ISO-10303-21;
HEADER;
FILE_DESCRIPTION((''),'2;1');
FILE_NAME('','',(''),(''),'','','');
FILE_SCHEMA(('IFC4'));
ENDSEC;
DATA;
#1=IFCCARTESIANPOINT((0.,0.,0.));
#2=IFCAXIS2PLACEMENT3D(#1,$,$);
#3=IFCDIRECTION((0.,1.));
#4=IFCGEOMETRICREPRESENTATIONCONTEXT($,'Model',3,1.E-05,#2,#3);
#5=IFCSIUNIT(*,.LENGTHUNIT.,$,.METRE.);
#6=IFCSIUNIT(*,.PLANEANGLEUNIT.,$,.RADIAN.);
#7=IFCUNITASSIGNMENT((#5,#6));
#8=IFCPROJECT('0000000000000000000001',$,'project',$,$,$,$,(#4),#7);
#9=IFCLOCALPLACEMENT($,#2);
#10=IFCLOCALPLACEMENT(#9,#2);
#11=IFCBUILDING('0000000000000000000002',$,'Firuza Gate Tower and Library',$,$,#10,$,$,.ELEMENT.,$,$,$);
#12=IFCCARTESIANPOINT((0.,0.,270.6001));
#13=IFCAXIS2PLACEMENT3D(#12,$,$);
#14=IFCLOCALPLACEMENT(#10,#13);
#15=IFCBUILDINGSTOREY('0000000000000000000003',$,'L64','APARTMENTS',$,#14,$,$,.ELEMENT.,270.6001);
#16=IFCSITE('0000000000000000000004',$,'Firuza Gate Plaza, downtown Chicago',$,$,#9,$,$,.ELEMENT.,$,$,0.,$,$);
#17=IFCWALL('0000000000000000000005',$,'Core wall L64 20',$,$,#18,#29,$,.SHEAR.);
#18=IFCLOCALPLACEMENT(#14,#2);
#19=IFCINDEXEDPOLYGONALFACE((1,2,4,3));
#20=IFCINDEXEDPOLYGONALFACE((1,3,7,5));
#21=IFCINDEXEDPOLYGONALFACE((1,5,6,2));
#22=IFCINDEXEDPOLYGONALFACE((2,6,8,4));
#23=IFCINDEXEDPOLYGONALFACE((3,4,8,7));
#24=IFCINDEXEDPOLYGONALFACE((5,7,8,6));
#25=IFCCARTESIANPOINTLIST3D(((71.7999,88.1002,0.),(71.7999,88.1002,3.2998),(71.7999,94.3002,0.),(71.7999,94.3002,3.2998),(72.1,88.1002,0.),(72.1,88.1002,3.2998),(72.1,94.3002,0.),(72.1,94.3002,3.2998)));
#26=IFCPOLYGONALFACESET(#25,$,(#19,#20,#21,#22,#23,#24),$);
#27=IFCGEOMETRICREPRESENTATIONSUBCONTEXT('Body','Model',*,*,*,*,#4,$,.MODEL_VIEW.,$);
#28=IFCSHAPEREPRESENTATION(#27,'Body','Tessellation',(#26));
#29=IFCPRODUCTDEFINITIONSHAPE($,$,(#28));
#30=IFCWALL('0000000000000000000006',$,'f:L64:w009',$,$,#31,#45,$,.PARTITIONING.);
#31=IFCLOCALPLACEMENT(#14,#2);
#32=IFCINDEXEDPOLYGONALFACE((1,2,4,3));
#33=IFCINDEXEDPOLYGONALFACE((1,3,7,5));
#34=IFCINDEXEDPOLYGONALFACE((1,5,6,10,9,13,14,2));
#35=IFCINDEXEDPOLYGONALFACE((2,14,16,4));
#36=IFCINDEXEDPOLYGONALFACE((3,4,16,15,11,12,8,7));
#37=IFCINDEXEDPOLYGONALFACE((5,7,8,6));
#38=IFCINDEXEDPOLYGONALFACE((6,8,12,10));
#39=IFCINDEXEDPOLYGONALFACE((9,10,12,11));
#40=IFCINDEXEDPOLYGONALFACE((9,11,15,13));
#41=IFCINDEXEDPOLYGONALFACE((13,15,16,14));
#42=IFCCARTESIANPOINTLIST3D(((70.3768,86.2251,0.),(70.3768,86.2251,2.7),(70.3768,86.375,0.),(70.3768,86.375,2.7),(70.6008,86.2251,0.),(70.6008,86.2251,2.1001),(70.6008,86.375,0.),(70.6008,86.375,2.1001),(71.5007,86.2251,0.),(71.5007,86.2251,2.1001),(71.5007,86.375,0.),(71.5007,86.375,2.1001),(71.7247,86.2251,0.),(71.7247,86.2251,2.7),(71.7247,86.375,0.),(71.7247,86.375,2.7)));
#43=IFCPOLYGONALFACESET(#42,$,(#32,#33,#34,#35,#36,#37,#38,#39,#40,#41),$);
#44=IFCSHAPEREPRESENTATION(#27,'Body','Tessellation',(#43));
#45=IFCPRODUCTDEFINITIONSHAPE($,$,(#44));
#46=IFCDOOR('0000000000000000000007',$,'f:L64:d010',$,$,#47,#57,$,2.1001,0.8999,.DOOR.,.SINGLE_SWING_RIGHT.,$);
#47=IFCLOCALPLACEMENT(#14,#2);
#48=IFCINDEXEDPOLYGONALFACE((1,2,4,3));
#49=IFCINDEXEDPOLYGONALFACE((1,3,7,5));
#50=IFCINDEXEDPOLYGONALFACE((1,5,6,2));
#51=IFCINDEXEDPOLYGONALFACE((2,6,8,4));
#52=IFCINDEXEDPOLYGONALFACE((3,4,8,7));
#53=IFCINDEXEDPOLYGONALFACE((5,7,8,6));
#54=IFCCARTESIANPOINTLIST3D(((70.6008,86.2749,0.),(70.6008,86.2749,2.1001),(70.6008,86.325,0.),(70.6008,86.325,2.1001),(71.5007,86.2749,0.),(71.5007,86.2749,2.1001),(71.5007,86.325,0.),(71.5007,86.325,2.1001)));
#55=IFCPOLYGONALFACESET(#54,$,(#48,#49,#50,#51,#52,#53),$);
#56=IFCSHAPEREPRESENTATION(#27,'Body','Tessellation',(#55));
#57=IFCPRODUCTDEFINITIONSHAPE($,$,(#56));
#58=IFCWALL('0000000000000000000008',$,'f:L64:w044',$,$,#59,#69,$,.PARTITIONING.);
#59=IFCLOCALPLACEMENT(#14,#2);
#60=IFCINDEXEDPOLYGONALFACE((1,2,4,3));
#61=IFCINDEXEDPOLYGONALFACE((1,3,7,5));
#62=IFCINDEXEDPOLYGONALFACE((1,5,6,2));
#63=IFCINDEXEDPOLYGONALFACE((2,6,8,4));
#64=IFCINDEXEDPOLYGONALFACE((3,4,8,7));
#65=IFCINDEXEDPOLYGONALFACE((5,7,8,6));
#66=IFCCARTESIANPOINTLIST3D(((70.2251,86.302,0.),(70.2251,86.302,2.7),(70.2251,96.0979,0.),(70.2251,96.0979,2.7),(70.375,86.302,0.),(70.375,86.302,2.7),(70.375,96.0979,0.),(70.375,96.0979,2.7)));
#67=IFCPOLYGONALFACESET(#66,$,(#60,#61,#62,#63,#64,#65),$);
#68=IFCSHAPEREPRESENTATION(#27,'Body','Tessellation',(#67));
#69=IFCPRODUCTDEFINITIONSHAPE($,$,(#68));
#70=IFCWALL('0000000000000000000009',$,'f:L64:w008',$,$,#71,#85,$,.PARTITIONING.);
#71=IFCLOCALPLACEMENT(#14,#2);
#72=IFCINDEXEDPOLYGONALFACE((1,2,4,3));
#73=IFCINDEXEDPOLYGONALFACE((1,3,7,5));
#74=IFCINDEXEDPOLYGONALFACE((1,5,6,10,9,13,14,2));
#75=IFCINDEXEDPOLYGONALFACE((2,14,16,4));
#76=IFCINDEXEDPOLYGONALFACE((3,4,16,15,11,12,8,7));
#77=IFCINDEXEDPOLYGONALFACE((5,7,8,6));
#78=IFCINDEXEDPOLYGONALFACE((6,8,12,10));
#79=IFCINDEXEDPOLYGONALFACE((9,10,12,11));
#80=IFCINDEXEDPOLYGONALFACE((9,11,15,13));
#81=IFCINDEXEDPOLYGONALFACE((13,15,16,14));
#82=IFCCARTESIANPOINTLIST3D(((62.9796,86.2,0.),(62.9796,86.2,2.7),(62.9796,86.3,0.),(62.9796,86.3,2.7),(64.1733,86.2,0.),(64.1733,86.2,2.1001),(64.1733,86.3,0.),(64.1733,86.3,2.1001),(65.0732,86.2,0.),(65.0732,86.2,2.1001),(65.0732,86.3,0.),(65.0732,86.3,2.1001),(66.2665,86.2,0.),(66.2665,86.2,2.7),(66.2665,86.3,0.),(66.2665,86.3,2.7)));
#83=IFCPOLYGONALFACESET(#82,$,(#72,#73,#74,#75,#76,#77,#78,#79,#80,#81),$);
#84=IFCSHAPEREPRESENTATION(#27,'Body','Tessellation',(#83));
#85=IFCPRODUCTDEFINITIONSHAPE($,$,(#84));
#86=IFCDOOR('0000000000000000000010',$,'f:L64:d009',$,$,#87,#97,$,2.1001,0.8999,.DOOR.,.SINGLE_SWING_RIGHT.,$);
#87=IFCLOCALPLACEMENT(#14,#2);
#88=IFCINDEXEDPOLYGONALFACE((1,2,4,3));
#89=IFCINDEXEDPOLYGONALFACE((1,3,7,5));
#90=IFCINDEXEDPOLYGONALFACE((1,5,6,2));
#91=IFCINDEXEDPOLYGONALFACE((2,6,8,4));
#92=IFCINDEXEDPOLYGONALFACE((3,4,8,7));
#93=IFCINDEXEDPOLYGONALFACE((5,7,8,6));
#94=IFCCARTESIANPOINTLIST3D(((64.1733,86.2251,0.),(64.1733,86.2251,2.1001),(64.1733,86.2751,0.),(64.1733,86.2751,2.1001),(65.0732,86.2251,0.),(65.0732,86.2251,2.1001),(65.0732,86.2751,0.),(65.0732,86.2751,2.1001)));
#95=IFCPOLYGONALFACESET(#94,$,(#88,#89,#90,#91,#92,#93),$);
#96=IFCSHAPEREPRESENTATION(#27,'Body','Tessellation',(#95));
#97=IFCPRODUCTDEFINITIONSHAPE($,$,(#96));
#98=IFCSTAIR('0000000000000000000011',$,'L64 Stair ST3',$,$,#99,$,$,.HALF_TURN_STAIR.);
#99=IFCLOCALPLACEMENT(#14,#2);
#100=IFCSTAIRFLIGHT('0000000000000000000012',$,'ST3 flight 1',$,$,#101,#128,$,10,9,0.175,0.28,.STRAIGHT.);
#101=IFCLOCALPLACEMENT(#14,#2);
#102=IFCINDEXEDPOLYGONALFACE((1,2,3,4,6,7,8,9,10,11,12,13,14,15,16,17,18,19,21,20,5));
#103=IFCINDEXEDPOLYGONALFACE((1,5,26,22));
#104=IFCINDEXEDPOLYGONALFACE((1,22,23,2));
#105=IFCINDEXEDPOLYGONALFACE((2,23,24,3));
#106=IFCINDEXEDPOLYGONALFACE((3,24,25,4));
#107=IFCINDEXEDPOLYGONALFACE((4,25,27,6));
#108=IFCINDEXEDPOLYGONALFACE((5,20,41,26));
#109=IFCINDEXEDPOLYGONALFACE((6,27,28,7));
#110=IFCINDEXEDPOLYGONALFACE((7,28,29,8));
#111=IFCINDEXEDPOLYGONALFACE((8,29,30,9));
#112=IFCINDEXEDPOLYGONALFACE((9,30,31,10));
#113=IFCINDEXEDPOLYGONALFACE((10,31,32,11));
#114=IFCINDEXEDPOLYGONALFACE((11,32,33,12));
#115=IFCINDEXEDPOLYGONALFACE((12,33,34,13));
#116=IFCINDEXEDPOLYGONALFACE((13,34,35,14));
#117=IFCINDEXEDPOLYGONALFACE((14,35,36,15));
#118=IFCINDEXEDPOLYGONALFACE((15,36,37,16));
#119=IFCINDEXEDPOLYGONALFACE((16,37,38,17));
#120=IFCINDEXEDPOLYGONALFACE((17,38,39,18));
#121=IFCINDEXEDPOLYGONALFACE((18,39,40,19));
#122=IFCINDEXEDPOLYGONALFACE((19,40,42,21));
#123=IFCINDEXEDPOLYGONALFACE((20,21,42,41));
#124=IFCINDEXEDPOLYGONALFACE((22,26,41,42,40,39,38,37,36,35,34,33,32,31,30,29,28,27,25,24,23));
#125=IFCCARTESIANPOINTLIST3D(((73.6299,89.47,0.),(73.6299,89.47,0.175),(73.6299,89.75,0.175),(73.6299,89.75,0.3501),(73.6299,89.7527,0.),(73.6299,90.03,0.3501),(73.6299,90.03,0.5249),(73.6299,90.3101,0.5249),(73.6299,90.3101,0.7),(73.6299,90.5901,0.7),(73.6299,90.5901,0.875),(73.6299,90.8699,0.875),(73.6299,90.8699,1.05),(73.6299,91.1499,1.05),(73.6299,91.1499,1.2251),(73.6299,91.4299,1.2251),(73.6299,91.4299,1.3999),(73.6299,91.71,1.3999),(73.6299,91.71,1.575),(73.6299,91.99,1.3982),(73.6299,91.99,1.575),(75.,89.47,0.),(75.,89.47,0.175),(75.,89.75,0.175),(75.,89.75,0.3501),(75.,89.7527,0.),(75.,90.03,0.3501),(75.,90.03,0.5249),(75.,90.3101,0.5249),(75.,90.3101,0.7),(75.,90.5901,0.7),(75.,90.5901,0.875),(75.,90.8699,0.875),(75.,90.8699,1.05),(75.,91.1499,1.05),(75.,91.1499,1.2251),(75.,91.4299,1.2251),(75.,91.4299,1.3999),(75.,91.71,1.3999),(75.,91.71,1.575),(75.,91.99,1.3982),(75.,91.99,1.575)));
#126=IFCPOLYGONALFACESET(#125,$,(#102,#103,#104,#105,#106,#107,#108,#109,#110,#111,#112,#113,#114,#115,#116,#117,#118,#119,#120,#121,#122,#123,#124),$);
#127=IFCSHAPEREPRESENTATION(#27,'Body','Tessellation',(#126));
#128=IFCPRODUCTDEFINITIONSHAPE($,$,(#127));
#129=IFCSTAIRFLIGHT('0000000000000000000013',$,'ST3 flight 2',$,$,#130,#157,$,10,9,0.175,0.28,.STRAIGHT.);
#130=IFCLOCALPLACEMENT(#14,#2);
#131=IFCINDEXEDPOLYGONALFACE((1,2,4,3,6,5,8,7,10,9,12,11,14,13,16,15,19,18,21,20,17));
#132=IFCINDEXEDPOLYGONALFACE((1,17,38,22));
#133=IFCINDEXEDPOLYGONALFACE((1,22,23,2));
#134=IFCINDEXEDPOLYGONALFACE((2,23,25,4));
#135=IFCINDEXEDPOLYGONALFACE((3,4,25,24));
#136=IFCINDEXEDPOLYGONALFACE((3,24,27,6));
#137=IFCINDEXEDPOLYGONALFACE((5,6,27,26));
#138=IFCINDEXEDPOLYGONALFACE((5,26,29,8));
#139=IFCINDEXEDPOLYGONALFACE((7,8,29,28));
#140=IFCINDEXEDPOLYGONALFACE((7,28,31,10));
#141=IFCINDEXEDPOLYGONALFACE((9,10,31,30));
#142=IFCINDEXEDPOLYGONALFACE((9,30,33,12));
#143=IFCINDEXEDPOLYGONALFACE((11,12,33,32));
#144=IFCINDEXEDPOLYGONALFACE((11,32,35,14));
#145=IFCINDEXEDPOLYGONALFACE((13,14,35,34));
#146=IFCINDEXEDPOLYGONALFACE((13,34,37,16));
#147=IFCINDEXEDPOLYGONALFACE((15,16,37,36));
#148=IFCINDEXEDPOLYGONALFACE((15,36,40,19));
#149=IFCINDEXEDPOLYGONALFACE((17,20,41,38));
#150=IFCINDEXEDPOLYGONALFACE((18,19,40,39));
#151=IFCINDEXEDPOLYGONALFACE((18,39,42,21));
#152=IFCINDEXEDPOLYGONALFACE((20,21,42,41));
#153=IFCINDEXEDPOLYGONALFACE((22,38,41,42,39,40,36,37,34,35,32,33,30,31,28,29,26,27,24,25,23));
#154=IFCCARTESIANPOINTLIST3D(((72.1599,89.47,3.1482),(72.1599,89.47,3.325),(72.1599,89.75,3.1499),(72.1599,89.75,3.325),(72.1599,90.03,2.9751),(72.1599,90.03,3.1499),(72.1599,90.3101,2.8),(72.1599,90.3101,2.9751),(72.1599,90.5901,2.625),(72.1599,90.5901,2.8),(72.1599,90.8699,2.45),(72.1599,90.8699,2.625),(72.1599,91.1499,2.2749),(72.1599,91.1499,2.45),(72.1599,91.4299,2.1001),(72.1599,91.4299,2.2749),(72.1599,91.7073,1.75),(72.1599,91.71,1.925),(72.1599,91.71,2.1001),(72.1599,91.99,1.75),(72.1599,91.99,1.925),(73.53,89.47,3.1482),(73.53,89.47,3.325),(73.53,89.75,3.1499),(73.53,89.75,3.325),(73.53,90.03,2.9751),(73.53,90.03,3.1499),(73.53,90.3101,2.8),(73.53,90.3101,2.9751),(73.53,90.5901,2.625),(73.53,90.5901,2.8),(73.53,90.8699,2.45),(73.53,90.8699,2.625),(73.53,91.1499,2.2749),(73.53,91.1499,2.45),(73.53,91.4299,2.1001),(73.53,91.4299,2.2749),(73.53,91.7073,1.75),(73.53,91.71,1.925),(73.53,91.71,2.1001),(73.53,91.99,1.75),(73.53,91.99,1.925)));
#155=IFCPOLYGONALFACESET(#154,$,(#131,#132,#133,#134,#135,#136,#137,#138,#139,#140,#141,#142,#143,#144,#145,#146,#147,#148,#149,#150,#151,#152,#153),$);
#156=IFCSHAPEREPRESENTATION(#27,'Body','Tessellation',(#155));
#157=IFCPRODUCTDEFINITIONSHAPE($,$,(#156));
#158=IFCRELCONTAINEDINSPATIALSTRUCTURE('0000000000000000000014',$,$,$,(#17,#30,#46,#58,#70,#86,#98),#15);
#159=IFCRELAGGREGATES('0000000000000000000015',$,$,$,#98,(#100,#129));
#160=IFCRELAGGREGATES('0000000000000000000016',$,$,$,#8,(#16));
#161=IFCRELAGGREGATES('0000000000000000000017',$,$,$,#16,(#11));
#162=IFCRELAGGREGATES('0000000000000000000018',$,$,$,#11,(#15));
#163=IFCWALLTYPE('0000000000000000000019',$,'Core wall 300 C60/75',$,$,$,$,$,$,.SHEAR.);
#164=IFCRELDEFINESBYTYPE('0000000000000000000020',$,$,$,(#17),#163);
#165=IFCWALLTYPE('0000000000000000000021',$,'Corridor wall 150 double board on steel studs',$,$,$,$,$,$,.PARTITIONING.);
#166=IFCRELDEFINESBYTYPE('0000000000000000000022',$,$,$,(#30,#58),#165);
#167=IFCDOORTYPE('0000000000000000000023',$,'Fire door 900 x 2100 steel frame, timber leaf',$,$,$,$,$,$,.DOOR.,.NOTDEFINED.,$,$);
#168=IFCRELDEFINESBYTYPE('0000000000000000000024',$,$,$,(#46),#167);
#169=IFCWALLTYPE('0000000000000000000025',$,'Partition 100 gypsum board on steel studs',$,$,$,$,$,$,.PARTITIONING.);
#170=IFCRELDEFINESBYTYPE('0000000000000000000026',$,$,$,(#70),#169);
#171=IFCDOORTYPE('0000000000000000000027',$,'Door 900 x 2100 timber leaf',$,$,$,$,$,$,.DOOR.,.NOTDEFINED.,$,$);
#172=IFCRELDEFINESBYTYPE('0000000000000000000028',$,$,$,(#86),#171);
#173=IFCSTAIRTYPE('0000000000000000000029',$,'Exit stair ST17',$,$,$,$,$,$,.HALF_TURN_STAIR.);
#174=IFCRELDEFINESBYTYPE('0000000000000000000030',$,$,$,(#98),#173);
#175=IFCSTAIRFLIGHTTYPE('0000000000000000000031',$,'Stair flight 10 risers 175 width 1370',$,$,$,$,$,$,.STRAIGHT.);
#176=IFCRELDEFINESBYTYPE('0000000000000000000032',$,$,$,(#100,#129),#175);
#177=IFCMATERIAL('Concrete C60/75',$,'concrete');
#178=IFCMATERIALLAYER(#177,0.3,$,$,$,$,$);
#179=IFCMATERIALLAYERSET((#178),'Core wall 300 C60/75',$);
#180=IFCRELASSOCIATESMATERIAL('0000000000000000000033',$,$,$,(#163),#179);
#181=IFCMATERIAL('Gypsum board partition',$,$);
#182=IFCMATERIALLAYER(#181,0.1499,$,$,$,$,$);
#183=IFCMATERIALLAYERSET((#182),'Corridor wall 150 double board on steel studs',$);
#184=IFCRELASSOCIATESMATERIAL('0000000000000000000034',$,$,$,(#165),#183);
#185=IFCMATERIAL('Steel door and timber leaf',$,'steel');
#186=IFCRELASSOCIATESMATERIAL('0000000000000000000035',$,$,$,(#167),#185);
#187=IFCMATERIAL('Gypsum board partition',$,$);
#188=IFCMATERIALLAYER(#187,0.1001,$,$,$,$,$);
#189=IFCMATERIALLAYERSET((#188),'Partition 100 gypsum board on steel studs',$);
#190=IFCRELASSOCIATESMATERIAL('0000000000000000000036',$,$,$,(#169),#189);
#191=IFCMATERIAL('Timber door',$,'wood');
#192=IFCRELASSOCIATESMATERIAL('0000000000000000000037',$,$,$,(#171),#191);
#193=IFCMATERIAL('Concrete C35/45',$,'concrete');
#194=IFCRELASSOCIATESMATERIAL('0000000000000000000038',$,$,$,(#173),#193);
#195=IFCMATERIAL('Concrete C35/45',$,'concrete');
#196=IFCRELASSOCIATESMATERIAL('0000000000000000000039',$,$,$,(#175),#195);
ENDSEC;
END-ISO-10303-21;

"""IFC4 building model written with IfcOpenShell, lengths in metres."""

from ifc_helpers import new_model, si_unit, direction, frame, frame_2d, origin, place, context, subcontext, project, spatial, polyline, rectangle, outline, extrude, material, layer, layer_set, type_object, element, fill, aggregate, save


model = new_model("IFC4")

# Units and contexts
model_context = context("Model", 3, precision=1e-05, world=origin(), true_north=direction((0.0, 1.0)))
body_context = subcontext(model_context, "Body", "Model", "MODEL_VIEW")
ifc_project = project(units=[si_unit("LENGTHUNIT", "METRE"), si_unit("PLANEANGLEUNIT", "RADIAN")], contexts=[model_context])

# Site, building, storey
site_placement = place(None, origin())
site = spatial("IfcSite", under=ifc_project, at=site_placement, Name="Firuza Gate Plaza, downtown Chicago", CompositionType="ELEMENT", RefElevation=0.0)
building_placement = place(site_placement, origin())
building = spatial("IfcBuilding", under=site, at=building_placement, Name="Firuza Gate Tower and Library", CompositionType="ELEMENT")
storey_placement = place(building_placement, frame((0.0, 0.0, 270.6001)))
storey = spatial("IfcBuildingStorey", under=building, at=storey_placement, Name="L64", Description="APARTMENTS", CompositionType="ELEMENT", Elevation=270.6001)

# Shared definitions
placement = place(storey_placement, origin())

# Shared definitions
ifc_material_1 = material(Name="Concrete C60/75", Category="concrete")
ifc_layer_1 = layer(ifc_material_1, 0.3)
ifc_layer_set_1 = layer_set([ifc_layer_1], Name="Core wall 300 C60/75")
wall_type_1 = type_object("IfcWallType", Name="Core wall 300 C60/75", PredefinedType="SHEAR", material=ifc_layer_set_1)

# Wall
wall_1_placement = place(storey_placement, frame((71.95, 88.1001, 0.0), z_axis=(0.0, 0.0, 1.0), x_axis=(0.0, 1.0, 0.0)))
element("IfcWall", 1, at=wall_1_placement, inside=storey, type_object=wall_type_1, Name="Core wall L64 20", PredefinedType="SHEAR", context=body_context, shape_type="SweptSolid", body=[
    extrude(rectangle(XDim=6.2, YDim=0.3, at=frame_2d((3.1001, 0.0))), origin(), (0.0, 0.0, 1.0), 3.2998),
])

# Wall, opening, door
ifc_material_2 = material(Name="Gypsum board partition")
ifc_layer_2 = layer(ifc_material_2, 0.1499)
ifc_layer_set_2 = layer_set([ifc_layer_2], Name="Corridor wall 150 double board on steel studs")
wall_type_2 = type_object("IfcWallType", Name="Corridor wall 150 double board on steel studs", PredefinedType="PARTITIONING", material=ifc_layer_set_2)
wall_2_placement = place(storey_placement, frame((70.377, 86.3, 0.0), z_axis=(0.0, 0.0, 1.0), x_axis=(1.0, 0.0, 0.0)))
wall_2 = element("IfcWall", 2, at=wall_2_placement, inside=storey, type_object=wall_type_2, Name="f:L64:w009", PredefinedType="PARTITIONING", context=body_context, shape_type="SweptSolid", body=[
    extrude(rectangle(XDim=1.3479, YDim=0.1499, at=frame_2d((0.6738, 0.0))), origin(), (0.0, 0.0, 1.0), 2.7),
])
opening_1_placement = place(wall_2_placement, frame((0.2239, 0.0, 0.0)))
opening_1 = element("IfcOpeningElement", 3, at=opening_1_placement, cuts=wall_2, PredefinedType="OPENING", context=body_context, shape_type="SweptSolid", body=[
    extrude(rectangle(XDim=0.8999, YDim=2.1001, at=frame_2d((0.45, 1.05))), frame((0.0, 0.085, 0.0), z_axis=(0.0, -1.0, 0.0), x_axis=(1.0, 0.0, 0.0)), (0.0, 0.0, 1.0), 0.1699),
])
ifc_material_3 = material(Name="Steel door and timber leaf", Category="steel")
door_type_1 = type_object("IfcDoorType", Name="Fire door 900 x 2100 steel frame, timber leaf", OperationType="NOTDEFINED", PredefinedType="DOOR", material=ifc_material_3)
door_1_placement = place(opening_1_placement, origin())
door_1 = element("IfcDoor", 4, at=door_1_placement, inside=storey, type_object=door_type_1, Name="f:L64:d010", OperationType="SINGLE_SWING_RIGHT", OverallHeight=2.1001, OverallWidth=0.8999, PredefinedType="DOOR", context=body_context, shape_type="SweptSolid", body=[
    extrude(rectangle(XDim=0.8999, YDim=2.1001, at=frame_2d((0.45, 1.05))), frame((0.0, 0.0249, 0.0), z_axis=(0.0, -1.0, 0.0), x_axis=(1.0, 0.0, 0.0)), (0.0, 0.0, 1.0), 0.05),
])
fill(opening_1, door_1)

# Wall
wall_3_placement = place(storey_placement, frame((70.3, 86.302, 0.0), z_axis=(0.0, 0.0, 1.0), x_axis=(0.0, 1.0, 0.0)))
element("IfcWall", 5, at=wall_3_placement, inside=storey, type_object=wall_type_2, Name="f:L64:w044", PredefinedType="PARTITIONING", context=body_context, shape_type="SweptSolid", body=[
    extrude(rectangle(XDim=9.7959, YDim=0.1499, at=frame_2d((4.8979, 0.0))), origin(), (0.0, 0.0, 1.0), 2.7),
])

# Wall, opening, door
ifc_material_4 = material(Name="Gypsum board partition")
ifc_layer_3 = layer(ifc_material_4, 0.1001)
ifc_layer_set_3 = layer_set([ifc_layer_3], Name="Partition 100 gypsum board on steel studs")
wall_type_3 = type_object("IfcWallType", Name="Partition 100 gypsum board on steel studs", PredefinedType="PARTITIONING", material=ifc_layer_set_3)
wall_4_placement = place(storey_placement, frame((66.2666, 86.25, 0.0), z_axis=(0.0, 0.0, 1.0), x_axis=(-1.0, 0.0, 0.0)))
wall_4 = element("IfcWall", 6, at=wall_4_placement, inside=storey, type_object=wall_type_3, Name="f:L64:w008", PredefinedType="PARTITIONING", context=body_context, shape_type="SweptSolid", body=[
    extrude(rectangle(XDim=3.2869, YDim=0.1001, at=frame_2d((1.6436, 0.0))), origin(), (0.0, 0.0, 1.0), 2.7),
])
opening_2_placement = place(wall_4_placement, frame((1.1934, 0.0, 0.0)))
opening_2 = element("IfcOpeningElement", 7, at=opening_2_placement, cuts=wall_4, PredefinedType="OPENING", context=body_context, shape_type="SweptSolid", body=[
    extrude(rectangle(XDim=0.8999, YDim=2.1001, at=frame_2d((0.45, 1.05))), frame((0.0, 0.0601, 0.0), z_axis=(0.0, -1.0, 0.0), x_axis=(1.0, 0.0, 0.0)), (0.0, 0.0, 1.0), 0.1201),
])
ifc_material_5 = material(Name="Timber door", Category="wood")
door_type_2 = type_object("IfcDoorType", Name="Door 900 x 2100 timber leaf", OperationType="NOTDEFINED", PredefinedType="DOOR", material=ifc_material_5)
door_2_placement = place(opening_2_placement, origin())
door_2 = element("IfcDoor", 8, at=door_2_placement, inside=storey, type_object=door_type_2, Name="f:L64:d009", OperationType="SINGLE_SWING_RIGHT", OverallHeight=2.1001, OverallWidth=0.8999, PredefinedType="DOOR", context=body_context, shape_type="SweptSolid", body=[
    extrude(rectangle(XDim=0.8999, YDim=2.1001, at=frame_2d((0.45, 1.05))), frame((0.0, 0.0249, 0.0), z_axis=(0.0, -1.0, 0.0), x_axis=(1.0, 0.0, 0.0)), (0.0, 0.0, 1.0), 0.05),
])
fill(opening_2, door_2)

# Stair, stair flights
ifc_material_6 = material(Name="Concrete C35/45", Category="concrete")
stair_type = type_object("IfcStairType", Name="Exit stair ST17", PredefinedType="HALF_TURN_STAIR", material=ifc_material_6)
stair = element("IfcStair", 9, at=placement, inside=storey, type_object=stair_type, Name="L64 Stair ST3", PredefinedType="HALF_TURN_STAIR")
ifc_material_7 = material(Name="Concrete C35/45", Category="concrete")
stair_flight_type = type_object("IfcStairFlightType", Name="Stair flight 10 risers 175 width 1370", PredefinedType="STRAIGHT", material=ifc_material_7)
stair_flight_1_placement = place(storey_placement, frame((74.3149, 89.47, 0.0), z_axis=(0.0, 0.0, 1.0), x_axis=(0.0, 1.0, 0.0)))
stair_flight_1 = element("IfcStairFlight", 10, at=stair_flight_1_placement, type_object=stair_flight_type, Name="ST3 flight 1", NumberOfRisers=10, NumberOfTreads=9, PredefinedType="STRAIGHT", RiserHeight=0.175, TreadLength=0.28, context=body_context, shape_type="SweptSolid", body=[
    extrude(outline(polyline([(0.0, 0.0), (0.0, 0.175), (0.28, 0.175), (0.28, 0.3501), (0.5601, 0.3501), (0.5601, 0.5249), (0.8401, 0.5249), (0.8401, 0.7), (1.1201, 0.7), (1.1201, 0.875), (1.3999, 0.875), (1.3999, 1.05), (1.6799, 1.05), (1.6799, 1.2251), (1.96, 1.2251), (1.96, 1.3999), (2.24, 1.3999), (2.24, 1.575), (2.52, 1.575), (2.52, 1.75), (2.52, 1.3982), (0.2827, 0.0), (0.0, 0.0)])), frame((0.0, 0.6851, 0.0), z_axis=(0.0, -1.0, 0.0), x_axis=(1.0, 0.0, 0.0)), (0.0, 0.0, 1.0), 1.3701),
])
stair_flight_2_placement = place(storey_placement, frame((72.845, 91.99, 1.75), z_axis=(0.0, 0.0, 1.0), x_axis=(0.0, -1.0, 0.0)))
stair_flight_2 = element("IfcStairFlight", 11, at=stair_flight_2_placement, type_object=stair_flight_type, Name="ST3 flight 2", NumberOfRisers=10, NumberOfTreads=9, PredefinedType="STRAIGHT", RiserHeight=0.175, TreadLength=0.28, context=body_context, shape_type="SweptSolid", body=[
    extrude(outline(polyline([(0.0, 0.0), (0.0, 0.175), (0.28, 0.175), (0.28, 0.3501), (0.5601, 0.3501), (0.5601, 0.5249), (0.8401, 0.5249), (0.8401, 0.7), (1.1201, 0.7), (1.1201, 0.875), (1.3999, 0.875), (1.3999, 1.05), (1.6799, 1.05), (1.6799, 1.2251), (1.96, 1.2251), (1.96, 1.3999), (2.24, 1.3999), (2.24, 1.575), (2.52, 1.575), (2.52, 1.75), (2.52, 1.3982), (0.2827, 0.0), (0.0, 0.0)])), frame((0.0, 0.6851, 0.0), z_axis=(0.0, -1.0, 0.0), x_axis=(1.0, 0.0, 0.0)), (0.0, 0.0, 1.0), 1.3701),
])
aggregate(stair, [stair_flight_1, stair_flight_2])

save(model, "model.ifc")
